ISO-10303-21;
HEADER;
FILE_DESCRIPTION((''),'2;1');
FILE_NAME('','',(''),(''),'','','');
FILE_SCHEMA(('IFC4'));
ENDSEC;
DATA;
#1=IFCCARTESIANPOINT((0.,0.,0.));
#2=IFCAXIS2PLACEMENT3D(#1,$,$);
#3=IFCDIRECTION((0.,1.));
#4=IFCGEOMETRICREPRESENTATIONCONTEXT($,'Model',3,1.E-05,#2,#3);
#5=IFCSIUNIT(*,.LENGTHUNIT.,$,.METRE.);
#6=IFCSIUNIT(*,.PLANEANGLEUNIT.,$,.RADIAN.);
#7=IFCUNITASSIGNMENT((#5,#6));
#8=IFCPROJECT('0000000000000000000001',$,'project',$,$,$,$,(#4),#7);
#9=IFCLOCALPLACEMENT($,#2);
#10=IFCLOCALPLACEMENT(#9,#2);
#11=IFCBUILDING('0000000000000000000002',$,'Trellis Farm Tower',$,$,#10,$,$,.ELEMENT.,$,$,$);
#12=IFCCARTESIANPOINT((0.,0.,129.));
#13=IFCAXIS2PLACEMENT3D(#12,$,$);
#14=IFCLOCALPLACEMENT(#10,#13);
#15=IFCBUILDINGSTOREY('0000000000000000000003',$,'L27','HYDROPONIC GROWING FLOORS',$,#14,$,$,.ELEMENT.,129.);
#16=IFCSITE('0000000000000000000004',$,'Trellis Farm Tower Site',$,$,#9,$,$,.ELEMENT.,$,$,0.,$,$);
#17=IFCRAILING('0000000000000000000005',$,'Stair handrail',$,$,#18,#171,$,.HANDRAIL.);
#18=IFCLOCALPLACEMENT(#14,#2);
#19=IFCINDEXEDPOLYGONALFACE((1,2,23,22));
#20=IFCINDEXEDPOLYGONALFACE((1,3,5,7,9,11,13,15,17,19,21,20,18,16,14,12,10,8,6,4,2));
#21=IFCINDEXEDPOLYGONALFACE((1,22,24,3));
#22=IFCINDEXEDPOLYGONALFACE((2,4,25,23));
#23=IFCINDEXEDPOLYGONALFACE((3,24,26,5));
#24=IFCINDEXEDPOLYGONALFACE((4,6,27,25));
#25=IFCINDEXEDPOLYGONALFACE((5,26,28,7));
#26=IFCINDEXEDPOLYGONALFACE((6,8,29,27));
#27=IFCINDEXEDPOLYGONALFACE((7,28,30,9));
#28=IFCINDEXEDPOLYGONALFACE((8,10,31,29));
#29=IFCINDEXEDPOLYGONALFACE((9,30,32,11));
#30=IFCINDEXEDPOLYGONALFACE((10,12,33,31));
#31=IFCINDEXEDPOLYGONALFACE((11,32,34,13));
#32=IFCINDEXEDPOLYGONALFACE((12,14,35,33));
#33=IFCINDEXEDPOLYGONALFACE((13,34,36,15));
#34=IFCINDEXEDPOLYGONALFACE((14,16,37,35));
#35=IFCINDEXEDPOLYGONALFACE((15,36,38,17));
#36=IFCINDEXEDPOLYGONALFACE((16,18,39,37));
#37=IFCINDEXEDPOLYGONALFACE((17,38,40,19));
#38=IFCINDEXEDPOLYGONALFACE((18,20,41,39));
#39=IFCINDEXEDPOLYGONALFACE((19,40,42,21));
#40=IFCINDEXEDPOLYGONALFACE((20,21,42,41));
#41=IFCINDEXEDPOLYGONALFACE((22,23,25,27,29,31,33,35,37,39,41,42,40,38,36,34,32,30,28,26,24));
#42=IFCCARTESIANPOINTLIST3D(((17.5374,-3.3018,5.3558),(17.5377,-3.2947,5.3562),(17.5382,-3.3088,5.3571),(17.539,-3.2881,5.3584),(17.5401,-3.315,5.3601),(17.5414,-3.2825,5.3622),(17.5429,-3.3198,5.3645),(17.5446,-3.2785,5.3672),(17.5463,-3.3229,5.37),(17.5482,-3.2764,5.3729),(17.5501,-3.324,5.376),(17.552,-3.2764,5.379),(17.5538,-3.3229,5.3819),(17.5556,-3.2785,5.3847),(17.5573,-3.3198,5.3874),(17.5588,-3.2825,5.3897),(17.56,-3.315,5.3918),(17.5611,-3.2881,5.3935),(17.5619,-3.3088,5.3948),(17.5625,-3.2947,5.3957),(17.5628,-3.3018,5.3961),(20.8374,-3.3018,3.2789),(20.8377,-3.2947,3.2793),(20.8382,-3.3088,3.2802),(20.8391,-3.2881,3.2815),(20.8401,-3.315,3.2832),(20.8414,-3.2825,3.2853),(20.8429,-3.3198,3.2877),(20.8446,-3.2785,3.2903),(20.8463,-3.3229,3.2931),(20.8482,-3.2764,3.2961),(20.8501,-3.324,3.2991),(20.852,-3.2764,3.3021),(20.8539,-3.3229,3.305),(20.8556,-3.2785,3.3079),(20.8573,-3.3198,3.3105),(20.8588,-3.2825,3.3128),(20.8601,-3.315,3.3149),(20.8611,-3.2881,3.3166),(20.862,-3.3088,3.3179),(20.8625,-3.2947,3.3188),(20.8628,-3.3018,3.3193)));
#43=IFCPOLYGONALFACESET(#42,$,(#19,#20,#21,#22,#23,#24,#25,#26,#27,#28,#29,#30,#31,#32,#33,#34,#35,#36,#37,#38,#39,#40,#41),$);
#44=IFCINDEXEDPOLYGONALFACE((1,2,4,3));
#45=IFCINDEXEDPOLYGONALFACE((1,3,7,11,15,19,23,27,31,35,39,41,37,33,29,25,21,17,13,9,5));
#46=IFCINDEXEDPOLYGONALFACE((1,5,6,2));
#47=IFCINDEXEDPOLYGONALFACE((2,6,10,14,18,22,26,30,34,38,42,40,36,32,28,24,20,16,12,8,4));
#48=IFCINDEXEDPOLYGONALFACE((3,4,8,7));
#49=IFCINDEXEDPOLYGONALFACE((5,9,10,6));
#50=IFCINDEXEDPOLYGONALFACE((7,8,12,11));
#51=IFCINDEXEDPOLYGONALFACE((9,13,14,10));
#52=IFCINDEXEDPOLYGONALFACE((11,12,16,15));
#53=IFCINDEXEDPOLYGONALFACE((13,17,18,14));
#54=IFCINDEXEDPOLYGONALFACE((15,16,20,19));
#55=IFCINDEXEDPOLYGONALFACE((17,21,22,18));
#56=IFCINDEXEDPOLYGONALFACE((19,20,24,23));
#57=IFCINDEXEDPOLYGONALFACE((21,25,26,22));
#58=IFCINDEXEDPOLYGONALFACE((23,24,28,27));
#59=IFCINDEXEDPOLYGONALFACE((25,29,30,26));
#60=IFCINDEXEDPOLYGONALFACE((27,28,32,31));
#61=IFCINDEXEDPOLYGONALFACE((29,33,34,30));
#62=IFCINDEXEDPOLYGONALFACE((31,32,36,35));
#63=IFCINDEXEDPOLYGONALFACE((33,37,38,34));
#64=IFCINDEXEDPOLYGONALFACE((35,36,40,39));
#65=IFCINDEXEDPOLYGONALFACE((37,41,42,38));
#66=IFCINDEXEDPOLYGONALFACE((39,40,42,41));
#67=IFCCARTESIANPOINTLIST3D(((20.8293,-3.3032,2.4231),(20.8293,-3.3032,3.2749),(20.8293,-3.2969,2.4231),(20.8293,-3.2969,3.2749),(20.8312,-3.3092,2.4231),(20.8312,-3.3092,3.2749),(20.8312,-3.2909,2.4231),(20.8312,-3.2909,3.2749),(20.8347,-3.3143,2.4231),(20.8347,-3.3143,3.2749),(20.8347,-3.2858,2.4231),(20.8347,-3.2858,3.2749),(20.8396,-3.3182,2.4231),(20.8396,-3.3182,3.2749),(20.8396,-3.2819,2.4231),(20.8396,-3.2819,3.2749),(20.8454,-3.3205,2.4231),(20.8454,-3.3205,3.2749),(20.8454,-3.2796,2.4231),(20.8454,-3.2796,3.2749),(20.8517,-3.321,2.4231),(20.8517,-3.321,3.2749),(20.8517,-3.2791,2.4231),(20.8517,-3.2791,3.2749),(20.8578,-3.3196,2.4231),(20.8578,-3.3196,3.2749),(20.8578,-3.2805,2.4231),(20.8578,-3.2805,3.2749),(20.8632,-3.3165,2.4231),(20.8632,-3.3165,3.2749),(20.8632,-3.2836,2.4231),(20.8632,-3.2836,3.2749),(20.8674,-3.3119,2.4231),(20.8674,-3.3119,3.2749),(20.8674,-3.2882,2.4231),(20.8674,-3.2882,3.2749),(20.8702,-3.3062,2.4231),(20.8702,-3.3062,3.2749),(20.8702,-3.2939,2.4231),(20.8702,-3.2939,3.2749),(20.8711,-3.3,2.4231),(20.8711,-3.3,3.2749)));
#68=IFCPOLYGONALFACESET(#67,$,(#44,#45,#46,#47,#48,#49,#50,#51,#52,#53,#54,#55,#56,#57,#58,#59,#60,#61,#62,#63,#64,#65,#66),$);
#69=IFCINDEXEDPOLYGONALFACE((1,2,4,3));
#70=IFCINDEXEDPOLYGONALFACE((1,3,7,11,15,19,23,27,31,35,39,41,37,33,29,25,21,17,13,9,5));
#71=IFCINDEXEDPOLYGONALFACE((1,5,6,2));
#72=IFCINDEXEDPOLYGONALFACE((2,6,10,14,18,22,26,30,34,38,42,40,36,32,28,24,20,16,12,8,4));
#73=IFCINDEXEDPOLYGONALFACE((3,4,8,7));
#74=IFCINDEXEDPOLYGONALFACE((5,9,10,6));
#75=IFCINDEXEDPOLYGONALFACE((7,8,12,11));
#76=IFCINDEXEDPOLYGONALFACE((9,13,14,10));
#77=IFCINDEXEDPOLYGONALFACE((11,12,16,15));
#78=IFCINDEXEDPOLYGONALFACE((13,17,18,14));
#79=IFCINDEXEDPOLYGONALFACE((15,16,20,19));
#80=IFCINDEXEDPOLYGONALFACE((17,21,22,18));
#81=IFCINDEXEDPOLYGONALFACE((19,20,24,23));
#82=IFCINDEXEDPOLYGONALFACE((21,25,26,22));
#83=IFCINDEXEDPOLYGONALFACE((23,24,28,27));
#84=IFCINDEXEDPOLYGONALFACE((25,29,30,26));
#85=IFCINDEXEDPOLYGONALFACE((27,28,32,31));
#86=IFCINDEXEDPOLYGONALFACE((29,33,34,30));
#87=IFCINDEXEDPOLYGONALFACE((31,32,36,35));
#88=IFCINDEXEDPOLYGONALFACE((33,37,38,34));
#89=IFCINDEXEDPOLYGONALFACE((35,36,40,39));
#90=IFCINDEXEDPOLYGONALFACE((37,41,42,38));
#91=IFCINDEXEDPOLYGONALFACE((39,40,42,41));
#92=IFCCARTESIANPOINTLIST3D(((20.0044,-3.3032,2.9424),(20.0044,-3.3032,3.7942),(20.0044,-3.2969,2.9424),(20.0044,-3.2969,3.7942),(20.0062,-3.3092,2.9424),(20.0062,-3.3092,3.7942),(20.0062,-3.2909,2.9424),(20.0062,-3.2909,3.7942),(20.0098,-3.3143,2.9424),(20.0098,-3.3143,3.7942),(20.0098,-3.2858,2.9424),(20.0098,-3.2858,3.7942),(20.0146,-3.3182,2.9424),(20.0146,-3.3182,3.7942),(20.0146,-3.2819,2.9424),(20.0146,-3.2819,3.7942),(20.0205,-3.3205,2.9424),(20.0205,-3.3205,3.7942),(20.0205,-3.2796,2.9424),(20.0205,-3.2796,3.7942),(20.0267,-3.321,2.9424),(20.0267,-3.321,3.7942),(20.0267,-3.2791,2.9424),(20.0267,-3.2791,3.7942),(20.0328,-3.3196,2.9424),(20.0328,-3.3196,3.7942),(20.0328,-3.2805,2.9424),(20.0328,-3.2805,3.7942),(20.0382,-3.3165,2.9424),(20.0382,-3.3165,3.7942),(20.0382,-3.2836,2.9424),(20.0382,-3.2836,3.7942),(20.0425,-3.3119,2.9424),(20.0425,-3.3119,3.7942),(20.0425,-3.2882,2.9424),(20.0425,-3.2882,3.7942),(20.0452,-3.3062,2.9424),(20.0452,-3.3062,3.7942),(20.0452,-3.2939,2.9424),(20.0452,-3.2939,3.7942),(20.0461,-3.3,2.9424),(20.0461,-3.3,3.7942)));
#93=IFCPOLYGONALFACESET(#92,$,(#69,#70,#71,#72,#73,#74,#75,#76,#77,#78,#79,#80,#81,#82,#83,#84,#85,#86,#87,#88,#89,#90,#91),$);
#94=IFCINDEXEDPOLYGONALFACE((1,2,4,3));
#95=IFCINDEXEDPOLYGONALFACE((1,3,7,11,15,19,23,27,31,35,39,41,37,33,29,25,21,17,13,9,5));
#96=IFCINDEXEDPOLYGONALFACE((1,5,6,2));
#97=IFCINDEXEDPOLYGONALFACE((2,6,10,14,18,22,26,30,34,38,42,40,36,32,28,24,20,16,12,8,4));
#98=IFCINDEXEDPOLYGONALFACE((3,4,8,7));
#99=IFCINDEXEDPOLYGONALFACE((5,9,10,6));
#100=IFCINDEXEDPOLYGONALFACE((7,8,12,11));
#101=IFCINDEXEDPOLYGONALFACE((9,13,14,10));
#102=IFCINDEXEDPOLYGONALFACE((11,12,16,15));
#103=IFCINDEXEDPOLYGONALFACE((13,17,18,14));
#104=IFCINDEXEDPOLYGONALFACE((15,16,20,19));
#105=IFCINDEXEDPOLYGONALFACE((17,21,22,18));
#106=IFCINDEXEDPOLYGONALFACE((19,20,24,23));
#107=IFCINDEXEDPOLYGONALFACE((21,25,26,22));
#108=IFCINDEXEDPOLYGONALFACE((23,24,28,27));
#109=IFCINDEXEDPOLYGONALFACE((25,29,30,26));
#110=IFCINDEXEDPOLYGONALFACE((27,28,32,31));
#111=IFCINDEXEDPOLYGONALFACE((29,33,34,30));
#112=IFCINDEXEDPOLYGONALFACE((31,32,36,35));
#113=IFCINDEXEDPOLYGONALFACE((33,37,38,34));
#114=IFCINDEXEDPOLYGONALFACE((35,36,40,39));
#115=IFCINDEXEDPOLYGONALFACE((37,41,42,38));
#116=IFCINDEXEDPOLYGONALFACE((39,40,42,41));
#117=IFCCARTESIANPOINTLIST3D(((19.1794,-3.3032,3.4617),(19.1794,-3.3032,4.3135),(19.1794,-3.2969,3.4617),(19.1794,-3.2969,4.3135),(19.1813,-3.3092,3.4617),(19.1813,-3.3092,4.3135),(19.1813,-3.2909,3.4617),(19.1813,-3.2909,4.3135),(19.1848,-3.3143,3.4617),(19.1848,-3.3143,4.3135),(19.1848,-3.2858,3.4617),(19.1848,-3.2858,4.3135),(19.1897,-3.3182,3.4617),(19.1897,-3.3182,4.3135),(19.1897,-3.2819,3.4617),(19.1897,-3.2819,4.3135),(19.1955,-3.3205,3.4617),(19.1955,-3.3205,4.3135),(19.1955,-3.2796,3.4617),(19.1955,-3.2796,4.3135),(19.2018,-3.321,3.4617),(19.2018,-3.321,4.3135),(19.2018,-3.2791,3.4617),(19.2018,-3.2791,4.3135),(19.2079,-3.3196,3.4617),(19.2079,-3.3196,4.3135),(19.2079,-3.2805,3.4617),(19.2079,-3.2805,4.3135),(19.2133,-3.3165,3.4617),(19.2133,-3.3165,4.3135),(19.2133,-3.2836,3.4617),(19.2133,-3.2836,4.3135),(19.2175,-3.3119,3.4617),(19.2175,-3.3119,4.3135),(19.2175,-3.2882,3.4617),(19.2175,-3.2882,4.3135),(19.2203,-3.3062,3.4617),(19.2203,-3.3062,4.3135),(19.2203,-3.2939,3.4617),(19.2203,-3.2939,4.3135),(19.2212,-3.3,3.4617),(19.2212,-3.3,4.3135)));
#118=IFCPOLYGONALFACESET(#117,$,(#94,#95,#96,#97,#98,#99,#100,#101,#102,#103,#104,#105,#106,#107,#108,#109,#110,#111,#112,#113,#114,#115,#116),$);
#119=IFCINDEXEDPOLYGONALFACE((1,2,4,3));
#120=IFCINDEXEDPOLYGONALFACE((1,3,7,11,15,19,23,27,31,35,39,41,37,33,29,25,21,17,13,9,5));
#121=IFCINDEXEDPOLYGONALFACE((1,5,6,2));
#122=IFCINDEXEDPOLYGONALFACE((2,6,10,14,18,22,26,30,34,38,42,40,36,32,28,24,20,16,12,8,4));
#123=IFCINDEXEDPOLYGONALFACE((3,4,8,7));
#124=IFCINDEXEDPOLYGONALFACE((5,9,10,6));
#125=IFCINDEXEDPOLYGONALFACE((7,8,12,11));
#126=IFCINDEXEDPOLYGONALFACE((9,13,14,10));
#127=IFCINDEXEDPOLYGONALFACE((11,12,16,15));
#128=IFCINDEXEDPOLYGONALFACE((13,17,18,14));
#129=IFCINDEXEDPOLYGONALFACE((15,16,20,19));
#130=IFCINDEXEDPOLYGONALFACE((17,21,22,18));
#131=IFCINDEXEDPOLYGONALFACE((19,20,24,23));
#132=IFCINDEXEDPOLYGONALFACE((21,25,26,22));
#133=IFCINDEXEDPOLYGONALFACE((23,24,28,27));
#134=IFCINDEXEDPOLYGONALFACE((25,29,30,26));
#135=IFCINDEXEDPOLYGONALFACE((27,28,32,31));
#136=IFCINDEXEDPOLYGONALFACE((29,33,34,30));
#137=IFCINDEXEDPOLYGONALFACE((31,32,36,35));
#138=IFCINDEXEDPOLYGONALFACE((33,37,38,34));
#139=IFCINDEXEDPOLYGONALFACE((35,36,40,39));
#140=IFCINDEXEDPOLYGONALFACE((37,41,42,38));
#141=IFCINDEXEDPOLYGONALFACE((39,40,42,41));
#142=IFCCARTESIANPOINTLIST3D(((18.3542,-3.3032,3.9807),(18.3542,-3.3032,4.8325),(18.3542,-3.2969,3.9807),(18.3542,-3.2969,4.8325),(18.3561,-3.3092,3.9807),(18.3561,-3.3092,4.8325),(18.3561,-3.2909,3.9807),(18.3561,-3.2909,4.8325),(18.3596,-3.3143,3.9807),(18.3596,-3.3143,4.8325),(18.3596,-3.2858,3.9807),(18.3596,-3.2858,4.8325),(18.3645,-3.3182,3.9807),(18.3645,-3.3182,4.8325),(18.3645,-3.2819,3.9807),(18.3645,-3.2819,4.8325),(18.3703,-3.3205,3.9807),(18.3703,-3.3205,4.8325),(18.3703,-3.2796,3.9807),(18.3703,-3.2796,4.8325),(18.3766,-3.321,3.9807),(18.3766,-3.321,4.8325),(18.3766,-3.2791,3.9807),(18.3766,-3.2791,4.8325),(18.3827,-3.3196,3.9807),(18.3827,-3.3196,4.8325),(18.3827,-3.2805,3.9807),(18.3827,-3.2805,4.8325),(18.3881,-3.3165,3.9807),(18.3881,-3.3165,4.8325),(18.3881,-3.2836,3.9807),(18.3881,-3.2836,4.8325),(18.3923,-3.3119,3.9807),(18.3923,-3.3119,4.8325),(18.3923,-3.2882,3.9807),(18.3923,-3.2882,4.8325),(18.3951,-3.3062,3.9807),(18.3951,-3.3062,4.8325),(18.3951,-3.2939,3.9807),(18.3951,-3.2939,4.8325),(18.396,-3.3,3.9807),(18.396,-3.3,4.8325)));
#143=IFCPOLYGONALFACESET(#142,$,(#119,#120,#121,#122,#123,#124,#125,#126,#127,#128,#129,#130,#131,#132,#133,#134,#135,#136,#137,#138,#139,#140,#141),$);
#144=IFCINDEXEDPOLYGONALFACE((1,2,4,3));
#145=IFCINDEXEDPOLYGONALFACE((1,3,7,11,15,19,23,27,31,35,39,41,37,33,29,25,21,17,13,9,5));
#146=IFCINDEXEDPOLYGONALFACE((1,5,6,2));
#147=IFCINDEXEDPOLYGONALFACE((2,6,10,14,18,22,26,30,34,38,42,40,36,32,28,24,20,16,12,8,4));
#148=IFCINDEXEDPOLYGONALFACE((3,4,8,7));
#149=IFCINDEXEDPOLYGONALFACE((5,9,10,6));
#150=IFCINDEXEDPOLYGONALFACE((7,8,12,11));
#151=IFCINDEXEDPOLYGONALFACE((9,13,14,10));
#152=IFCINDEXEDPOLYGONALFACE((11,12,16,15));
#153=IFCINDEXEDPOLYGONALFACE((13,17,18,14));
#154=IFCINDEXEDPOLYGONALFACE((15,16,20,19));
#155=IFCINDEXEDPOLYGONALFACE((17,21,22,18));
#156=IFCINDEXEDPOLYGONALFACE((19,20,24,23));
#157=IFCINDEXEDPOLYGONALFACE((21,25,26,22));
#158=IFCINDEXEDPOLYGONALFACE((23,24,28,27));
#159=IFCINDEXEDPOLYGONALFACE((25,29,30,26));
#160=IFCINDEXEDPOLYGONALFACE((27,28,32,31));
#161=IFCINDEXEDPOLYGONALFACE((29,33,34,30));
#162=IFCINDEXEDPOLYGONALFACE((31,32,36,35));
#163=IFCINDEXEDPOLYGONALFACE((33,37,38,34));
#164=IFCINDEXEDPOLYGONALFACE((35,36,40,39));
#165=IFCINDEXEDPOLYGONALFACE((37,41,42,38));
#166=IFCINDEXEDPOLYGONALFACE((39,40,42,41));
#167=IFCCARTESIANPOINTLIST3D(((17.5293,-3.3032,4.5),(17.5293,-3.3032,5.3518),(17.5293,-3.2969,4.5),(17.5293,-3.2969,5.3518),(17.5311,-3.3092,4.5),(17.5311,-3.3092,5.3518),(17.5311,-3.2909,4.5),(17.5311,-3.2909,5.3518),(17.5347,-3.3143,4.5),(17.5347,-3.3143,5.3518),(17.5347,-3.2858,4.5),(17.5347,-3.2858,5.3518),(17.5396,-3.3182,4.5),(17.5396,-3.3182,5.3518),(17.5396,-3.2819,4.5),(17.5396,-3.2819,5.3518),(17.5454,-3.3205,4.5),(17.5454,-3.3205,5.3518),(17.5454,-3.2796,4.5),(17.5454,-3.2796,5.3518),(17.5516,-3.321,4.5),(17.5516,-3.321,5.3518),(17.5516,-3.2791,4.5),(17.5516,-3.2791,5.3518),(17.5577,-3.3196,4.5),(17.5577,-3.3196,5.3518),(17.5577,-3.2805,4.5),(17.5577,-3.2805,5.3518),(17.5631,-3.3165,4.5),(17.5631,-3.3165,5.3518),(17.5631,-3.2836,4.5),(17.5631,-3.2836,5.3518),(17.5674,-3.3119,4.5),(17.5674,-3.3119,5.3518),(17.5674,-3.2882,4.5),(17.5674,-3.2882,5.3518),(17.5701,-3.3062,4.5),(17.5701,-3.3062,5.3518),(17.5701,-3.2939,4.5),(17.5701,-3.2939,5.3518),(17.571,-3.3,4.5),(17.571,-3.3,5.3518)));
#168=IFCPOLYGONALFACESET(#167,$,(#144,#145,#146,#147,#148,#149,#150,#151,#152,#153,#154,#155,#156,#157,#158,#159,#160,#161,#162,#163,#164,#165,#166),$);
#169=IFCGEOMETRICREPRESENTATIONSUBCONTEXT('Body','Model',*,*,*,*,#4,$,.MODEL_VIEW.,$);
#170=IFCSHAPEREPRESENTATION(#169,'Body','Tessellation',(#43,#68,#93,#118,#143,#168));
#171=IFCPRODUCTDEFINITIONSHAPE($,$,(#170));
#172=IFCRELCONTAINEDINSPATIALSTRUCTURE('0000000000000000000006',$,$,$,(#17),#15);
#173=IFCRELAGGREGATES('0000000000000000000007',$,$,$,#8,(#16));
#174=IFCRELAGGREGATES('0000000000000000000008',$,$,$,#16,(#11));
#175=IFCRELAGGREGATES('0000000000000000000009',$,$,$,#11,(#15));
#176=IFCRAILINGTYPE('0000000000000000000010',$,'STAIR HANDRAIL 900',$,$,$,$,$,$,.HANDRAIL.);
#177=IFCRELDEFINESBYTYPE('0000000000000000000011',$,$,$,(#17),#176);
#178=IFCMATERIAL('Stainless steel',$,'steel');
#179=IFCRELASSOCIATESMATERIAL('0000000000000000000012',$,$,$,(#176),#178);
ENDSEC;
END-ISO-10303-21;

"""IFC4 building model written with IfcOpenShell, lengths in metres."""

from ifc_helpers import new_model, si_unit, direction, frame, origin, origin_2d, place, context, subcontext, project, spatial, circle, extrude, source, transform, mapped, material, type_object, element, save


model = new_model("IFC4")

# Units and contexts
model_context = context("Model", 3, precision=1e-05, world=origin(), true_north=direction((0.0, 1.0)))
body_context = subcontext(model_context, "Body", "Model", "MODEL_VIEW")
ifc_project = project(units=[si_unit("LENGTHUNIT", "METRE"), si_unit("PLANEANGLEUNIT", "RADIAN")], contexts=[model_context])

# Site, building, storey
site_placement = place(None, origin())
site = spatial("IfcSite", under=ifc_project, at=site_placement, Name="Trellis Farm Tower Site", CompositionType="ELEMENT", RefElevation=0.0)
building_placement = place(site_placement, origin())
building = spatial("IfcBuilding", under=site, at=building_placement, Name="Trellis Farm Tower", CompositionType="ELEMENT")
storey_placement = place(building_placement, frame((0.0, 0.0, 129.0)))
storey = spatial("IfcBuildingStorey", under=building, at=storey_placement, Name="L27", Description="HYDROPONIC GROWING FLOORS", CompositionType="ELEMENT", Elevation=129.0)

# Shared definitions
ifc_material_1 = material(Name="Stainless steel", Category="steel")

# Railing
railing_type = type_object("IfcRailingType", Name="STAIR HANDRAIL 900", PredefinedType="HANDRAIL", material=ifc_material_1)
shared_shape_1 = source(origin(), body_context, "Body", "SweptSolid", [
    extrude(circle(Radius=0.0239, at=origin_2d()), frame((0.0, 0.0, 0.876), z_axis=(-0.846337, 0.0, 0.532647), x_axis=(0.0, -1.0, 0.0)), (0.0, 0.0, 1.0), 3.8992),
    extrude(circle(Radius=0.021, at=origin_2d()), origin(), (0.0, 0.0, 1.0), 0.8518),
    extrude(circle(Radius=0.021, at=origin_2d()), frame((-0.825, 0.0, 0.5193)), (0.0, 0.0, 1.0), 0.8518),
    extrude(circle(Radius=0.021, at=origin_2d()), frame((-1.6499, 0.0, 1.0386)), (0.0, 0.0, 1.0), 0.8518),
    extrude(circle(Radius=0.021, at=origin_2d()), frame((-2.4751, 0.0, 1.5576)), (0.0, 0.0, 1.0), 0.8518),
    extrude(circle(Radius=0.021, at=origin_2d()), frame((-3.3, 0.0, 2.0769)), (0.0, 0.0, 1.0), 0.8518),
])
for number, where, name in (
    (1, (20.8501, -3.3, 2.4231), "Stair handrail"),
):
    element("IfcRailing", number, at=place(storey_placement, frame(where)), inside=storey, type_object=railing_type, Name=name, PredefinedType="HANDRAIL", context=body_context, shape_type="MappedRepresentation", body=[
        mapped(shared_shape_1, transform((0.0, 0.0, 0.0))),
    ])

save(model, "model.ifc")
